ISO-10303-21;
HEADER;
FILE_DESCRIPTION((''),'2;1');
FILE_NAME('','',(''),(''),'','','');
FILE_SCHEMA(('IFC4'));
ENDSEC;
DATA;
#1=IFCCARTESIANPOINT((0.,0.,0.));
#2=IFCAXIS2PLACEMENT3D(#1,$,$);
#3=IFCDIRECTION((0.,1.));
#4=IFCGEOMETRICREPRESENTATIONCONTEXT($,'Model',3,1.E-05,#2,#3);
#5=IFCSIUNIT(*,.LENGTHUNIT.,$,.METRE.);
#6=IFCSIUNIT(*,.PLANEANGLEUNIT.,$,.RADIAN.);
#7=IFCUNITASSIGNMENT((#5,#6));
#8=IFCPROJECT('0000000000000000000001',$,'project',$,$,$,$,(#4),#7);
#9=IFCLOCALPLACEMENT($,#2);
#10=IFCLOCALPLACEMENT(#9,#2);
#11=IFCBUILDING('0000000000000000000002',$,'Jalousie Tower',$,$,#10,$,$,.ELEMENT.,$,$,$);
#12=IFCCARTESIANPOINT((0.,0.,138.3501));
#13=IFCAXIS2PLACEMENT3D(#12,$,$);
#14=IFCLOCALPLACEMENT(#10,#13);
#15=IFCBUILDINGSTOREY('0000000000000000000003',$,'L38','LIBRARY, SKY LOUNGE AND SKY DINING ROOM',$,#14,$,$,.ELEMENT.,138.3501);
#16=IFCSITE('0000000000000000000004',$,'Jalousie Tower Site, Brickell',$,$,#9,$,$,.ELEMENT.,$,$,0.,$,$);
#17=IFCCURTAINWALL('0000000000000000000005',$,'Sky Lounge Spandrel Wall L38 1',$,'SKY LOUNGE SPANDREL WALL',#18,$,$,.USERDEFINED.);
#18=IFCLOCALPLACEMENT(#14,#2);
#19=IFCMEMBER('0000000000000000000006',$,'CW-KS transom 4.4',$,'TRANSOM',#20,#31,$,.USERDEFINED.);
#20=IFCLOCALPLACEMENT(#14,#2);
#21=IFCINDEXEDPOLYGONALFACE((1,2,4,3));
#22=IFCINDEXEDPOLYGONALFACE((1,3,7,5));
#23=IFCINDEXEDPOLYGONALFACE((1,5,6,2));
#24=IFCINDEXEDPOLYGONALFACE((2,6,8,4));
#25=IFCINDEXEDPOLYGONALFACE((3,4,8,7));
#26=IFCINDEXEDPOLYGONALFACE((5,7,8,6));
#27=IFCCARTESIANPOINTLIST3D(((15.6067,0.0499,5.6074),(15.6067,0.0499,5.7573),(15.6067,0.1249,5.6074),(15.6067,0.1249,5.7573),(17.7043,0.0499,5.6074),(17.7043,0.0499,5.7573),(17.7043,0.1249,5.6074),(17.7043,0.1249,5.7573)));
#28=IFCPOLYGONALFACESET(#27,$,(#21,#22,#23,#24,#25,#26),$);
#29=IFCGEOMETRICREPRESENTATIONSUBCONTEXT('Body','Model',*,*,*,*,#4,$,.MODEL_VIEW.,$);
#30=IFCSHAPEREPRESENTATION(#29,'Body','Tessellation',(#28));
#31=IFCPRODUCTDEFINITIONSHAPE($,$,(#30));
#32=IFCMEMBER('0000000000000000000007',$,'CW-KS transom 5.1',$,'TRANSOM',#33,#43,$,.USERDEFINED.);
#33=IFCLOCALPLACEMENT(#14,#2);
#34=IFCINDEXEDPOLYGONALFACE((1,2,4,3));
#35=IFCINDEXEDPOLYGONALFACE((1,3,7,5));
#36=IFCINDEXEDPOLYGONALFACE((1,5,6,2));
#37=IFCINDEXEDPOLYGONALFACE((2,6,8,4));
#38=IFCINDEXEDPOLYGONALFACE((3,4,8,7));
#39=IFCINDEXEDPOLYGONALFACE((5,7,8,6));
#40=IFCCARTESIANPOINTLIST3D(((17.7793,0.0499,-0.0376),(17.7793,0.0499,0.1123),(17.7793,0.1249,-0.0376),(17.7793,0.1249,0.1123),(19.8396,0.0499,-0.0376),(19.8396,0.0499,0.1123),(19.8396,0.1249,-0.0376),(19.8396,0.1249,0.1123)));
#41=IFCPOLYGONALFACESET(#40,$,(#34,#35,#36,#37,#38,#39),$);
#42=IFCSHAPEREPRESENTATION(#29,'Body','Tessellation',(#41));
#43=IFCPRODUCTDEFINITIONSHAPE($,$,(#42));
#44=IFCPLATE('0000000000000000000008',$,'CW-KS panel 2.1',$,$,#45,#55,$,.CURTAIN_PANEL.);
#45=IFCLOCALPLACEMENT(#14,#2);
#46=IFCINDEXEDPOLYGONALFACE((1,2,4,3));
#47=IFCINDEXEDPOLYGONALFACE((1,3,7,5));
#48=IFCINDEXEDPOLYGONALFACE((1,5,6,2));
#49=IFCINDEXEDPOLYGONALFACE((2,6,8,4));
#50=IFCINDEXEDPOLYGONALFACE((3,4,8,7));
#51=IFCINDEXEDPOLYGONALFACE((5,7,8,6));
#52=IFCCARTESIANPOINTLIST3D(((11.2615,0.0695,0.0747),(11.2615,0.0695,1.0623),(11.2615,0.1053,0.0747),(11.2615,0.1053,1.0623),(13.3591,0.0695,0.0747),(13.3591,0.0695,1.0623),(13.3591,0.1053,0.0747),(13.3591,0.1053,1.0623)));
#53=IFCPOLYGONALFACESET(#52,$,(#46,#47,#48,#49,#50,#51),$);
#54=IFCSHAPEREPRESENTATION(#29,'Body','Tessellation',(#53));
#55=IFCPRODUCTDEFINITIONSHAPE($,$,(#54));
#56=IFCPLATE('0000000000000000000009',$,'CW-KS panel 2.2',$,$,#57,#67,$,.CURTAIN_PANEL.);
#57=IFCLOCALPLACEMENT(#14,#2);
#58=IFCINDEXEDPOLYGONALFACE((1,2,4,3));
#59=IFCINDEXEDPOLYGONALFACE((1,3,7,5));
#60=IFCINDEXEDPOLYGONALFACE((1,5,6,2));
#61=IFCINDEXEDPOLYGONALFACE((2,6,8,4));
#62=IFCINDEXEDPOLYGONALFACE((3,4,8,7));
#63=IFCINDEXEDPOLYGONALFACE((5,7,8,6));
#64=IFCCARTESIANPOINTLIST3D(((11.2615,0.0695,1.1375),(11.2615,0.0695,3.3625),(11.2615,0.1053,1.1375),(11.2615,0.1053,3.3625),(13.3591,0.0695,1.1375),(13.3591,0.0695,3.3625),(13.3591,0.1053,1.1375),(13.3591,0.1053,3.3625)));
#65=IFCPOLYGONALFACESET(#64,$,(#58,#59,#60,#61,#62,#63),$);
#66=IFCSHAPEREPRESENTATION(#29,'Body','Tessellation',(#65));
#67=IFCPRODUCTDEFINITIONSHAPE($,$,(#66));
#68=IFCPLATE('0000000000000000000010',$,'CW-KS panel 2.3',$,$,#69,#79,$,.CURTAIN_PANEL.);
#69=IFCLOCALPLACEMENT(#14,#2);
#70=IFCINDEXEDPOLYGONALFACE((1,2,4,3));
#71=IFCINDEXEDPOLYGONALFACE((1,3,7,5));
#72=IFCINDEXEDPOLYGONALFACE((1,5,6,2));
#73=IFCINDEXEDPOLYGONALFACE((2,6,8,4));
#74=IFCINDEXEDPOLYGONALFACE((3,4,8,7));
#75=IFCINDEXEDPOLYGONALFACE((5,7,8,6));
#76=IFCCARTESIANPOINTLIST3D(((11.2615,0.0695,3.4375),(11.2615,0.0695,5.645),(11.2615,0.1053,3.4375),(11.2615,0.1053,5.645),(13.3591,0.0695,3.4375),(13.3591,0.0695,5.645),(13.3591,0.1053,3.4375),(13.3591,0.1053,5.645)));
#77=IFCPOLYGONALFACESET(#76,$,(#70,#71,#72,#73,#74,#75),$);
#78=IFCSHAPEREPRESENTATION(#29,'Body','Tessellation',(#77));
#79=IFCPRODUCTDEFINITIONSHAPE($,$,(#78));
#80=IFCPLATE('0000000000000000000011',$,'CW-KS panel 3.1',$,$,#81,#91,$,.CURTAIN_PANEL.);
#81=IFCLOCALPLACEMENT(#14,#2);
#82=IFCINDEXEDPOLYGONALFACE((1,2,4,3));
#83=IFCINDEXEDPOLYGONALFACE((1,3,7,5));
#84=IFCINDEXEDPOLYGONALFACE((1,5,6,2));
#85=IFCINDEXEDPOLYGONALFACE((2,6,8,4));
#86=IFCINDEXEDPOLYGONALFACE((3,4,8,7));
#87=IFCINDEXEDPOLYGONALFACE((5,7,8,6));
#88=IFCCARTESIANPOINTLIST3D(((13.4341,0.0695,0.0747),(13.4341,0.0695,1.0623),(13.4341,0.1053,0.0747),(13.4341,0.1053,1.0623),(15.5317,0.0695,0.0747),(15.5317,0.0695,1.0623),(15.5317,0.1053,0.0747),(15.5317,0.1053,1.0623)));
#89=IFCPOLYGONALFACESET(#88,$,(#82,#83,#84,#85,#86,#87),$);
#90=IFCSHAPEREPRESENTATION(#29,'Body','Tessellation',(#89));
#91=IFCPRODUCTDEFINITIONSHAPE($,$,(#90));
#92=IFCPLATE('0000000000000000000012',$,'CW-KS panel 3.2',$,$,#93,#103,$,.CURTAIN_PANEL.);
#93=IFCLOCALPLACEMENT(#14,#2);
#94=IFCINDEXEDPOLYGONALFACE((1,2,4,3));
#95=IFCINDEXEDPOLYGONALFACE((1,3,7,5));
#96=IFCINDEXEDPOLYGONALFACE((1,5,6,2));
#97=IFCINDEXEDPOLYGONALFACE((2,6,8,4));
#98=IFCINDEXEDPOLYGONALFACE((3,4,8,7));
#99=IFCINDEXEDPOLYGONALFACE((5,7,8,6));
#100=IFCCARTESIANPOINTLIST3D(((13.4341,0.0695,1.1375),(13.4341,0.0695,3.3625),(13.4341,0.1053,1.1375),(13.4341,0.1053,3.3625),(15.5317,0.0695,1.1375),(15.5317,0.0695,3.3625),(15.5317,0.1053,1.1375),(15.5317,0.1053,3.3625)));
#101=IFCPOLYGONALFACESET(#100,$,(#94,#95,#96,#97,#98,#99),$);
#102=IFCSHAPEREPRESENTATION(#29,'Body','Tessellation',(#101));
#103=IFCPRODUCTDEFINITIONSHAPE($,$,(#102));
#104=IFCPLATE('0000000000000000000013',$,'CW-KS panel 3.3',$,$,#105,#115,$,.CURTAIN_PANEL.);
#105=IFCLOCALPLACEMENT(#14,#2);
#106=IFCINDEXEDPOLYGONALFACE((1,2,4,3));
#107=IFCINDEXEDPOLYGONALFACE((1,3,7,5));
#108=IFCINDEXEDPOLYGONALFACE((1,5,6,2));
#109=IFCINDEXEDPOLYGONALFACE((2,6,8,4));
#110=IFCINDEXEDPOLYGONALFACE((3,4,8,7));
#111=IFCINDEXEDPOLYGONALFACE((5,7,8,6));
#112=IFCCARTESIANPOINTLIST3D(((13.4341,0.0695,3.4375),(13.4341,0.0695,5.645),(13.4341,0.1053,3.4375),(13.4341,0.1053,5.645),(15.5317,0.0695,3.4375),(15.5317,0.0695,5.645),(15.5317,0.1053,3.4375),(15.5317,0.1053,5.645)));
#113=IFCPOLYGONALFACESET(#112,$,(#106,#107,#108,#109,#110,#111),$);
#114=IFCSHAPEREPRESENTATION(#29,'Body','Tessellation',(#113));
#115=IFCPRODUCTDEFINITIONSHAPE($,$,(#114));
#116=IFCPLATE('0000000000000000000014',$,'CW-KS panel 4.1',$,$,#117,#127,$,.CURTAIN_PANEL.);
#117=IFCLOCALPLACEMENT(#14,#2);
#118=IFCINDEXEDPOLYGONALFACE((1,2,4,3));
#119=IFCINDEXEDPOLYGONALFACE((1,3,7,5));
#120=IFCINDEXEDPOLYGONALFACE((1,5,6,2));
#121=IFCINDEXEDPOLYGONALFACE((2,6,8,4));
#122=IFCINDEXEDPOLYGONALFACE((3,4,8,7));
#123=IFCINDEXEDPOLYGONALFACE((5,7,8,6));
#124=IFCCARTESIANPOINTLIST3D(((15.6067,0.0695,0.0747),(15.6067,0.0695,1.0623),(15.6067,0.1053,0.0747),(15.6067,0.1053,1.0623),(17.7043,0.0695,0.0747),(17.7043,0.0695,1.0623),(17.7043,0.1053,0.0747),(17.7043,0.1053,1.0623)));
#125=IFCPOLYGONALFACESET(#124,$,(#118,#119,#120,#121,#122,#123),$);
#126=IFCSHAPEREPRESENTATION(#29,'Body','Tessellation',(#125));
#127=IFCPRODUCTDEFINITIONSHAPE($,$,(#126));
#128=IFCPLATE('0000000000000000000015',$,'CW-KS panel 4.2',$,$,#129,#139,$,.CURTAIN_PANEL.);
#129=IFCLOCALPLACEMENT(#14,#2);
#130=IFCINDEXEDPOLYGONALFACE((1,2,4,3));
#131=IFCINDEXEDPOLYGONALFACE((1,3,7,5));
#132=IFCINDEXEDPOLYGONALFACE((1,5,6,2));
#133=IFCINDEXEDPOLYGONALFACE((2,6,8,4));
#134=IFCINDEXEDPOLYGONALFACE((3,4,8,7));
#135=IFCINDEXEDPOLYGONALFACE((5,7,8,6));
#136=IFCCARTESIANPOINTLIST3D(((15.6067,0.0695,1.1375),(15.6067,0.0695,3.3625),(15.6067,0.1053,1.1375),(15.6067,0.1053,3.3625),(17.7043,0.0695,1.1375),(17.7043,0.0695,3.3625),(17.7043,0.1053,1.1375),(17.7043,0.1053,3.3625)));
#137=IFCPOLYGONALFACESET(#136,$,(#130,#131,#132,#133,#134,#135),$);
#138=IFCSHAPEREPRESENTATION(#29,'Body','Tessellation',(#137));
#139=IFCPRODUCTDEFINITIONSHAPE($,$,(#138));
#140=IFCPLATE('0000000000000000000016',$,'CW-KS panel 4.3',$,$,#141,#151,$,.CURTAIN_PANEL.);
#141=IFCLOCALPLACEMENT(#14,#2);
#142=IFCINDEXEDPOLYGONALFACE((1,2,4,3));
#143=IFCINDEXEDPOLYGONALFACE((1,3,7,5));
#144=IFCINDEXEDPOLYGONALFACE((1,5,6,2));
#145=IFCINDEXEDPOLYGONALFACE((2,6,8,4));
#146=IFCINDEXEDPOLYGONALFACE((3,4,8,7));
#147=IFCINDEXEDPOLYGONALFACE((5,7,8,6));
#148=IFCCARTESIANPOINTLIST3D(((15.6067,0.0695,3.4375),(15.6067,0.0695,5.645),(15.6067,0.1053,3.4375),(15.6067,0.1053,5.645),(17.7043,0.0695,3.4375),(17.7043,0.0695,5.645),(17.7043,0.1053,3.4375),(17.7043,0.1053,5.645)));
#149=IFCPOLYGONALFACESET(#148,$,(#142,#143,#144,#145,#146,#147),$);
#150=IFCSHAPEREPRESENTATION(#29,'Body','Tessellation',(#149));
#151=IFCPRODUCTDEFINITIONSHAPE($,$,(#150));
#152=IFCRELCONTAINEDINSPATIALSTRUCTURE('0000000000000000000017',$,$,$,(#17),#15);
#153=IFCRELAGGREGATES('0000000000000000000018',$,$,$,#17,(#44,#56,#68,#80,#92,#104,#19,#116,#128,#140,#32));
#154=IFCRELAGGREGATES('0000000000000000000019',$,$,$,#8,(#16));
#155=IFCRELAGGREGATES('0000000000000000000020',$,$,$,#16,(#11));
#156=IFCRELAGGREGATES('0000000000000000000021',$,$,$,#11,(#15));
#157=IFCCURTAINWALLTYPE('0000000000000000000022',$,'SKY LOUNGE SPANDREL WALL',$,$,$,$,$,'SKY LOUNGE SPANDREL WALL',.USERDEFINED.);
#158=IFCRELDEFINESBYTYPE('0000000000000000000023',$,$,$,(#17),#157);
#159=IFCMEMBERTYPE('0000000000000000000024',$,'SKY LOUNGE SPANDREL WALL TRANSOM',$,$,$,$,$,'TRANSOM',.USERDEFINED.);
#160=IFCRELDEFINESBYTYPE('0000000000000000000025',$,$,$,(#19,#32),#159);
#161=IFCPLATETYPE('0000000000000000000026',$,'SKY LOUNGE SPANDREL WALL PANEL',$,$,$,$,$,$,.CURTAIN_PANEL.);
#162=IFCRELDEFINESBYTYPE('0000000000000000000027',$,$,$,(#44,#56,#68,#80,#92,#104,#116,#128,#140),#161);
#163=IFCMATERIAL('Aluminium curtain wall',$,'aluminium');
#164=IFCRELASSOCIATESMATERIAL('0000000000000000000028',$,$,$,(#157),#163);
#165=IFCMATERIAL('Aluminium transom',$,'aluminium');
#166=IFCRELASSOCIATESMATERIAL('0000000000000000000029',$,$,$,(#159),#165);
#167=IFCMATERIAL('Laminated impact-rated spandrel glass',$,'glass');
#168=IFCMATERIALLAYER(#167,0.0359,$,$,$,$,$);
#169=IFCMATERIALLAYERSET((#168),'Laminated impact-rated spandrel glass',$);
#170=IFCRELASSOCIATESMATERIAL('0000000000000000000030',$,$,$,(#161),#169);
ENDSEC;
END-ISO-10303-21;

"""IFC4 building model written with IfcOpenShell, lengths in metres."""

from ifc_helpers import new_model, si_unit, direction, frame, origin, origin_2d, place, context, subcontext, project, spatial, rectangle, extrude, material, layer, layer_set, material_profile, profile_set, type_object, element, aggregate, save


model = new_model("IFC4")

# Units and contexts
model_context = context("Model", 3, precision=1e-05, world=origin(), true_north=direction((0.0, 1.0)))
body_context = subcontext(model_context, "Body", "Model", "MODEL_VIEW")
ifc_project = project(units=[si_unit("LENGTHUNIT", "METRE"), si_unit("PLANEANGLEUNIT", "RADIAN")], contexts=[model_context])

# Site, building, storey
site_placement = place(None, origin())
site = spatial("IfcSite", under=ifc_project, at=site_placement, Name="Jalousie Tower Site, Brickell", CompositionType="ELEMENT", RefElevation=0.0)
building_placement = place(site_placement, origin())
building = spatial("IfcBuilding", under=site, at=building_placement, Name="Jalousie Tower", CompositionType="ELEMENT")
storey_placement = place(building_placement, frame((0.0, 0.0, 138.3501)))
storey = spatial("IfcBuildingStorey", under=building, at=storey_placement, Name="L38", Description="LIBRARY, SKY LOUNGE AND SKY DINING ROOM", CompositionType="ELEMENT", Elevation=138.3501)

# Curtain wall, members, plates
ifc_material_1 = material(Name="Aluminium curtain wall", Category="aluminium")
curtain_wall_type = type_object("IfcCurtainWallType", Name="SKY LOUNGE SPANDREL WALL", ElementType="SKY LOUNGE SPANDREL WALL", PredefinedType="USERDEFINED", material=ifc_material_1)
curtain_wall_placement = place(storey_placement, origin())
curtain_wall = element("IfcCurtainWall", 1, at=curtain_wall_placement, inside=storey, type_object=curtain_wall_type, Name="Sky Lounge Spandrel Wall L38 1", ObjectType="SKY LOUNGE SPANDREL WALL", PredefinedType="USERDEFINED")
ifc_material_2 = material(Name="Aluminium transom", Category="aluminium")
ifc_material_profile_1 = material_profile(ifc_material_2, rectangle(XDim=0.075, YDim=0.1499, at=origin_2d()), Name="TRANSOM 75x150")
ifc_profile_set_1 = profile_set([ifc_material_profile_1], Name="Aluminium transom")
member_type_1 = type_object("IfcMemberType", Name="SKY LOUNGE SPANDREL WALL TRANSOM", ElementType="TRANSOM", PredefinedType="USERDEFINED", material=ifc_profile_set_1)
member_1_placement = place(storey_placement, frame((15.6067, 0.0874, 5.6824), z_axis=(1.0, 0.0, 0.0), x_axis=(0.0, 1.0, 0.0)))
member_1 = element("IfcMember", 2, at=member_1_placement, type_object=member_type_1, Name="CW-KS transom 4.4", ObjectType="TRANSOM", PredefinedType="USERDEFINED", context=body_context, shape_type="SweptSolid", body=[
    extrude(rectangle(XDim=0.075, YDim=0.1499, at=origin_2d()), origin(), (0.0, 0.0, 1.0), 2.0977),
])
member_2_placement = place(storey_placement, frame((17.7793, 0.0874, 0.0374), z_axis=(1.0, 0.0, 0.0), x_axis=(0.0, 1.0, 0.0)))
member_2 = element("IfcMember", 3, at=member_2_placement, type_object=member_type_1, Name="CW-KS transom 5.1", ObjectType="TRANSOM", PredefinedType="USERDEFINED", context=body_context, shape_type="SweptSolid", body=[
    extrude(rectangle(XDim=0.075, YDim=0.1499, at=origin_2d()), origin(), (0.0, 0.0, 1.0), 2.0603),
])
ifc_material_3 = material(Name="Laminated impact-rated spandrel glass", Category="glass")
ifc_layer = layer(ifc_material_3, 0.0359)
ifc_layer_set = layer_set([ifc_layer], Name="Laminated impact-rated spandrel glass")
plate_type = type_object("IfcPlateType", Name="SKY LOUNGE SPANDREL WALL PANEL", PredefinedType="CURTAIN_PANEL", material=ifc_layer_set)
plate_1_placement = place(storey_placement, frame((12.3103, 0.0874, 0.0747), z_axis=(0.0, 0.0, 1.0), x_axis=(1.0, 0.0, 0.0)))
plate_1 = element("IfcPlate", 4, at=plate_1_placement, type_object=plate_type, Name="CW-KS panel 2.1", PredefinedType="CURTAIN_PANEL", context=body_context, shape_type="SweptSolid", body=[
    extrude(rectangle(XDim=2.0977, YDim=0.0359, at=origin_2d()), origin(), (0.0, 0.0, 1.0), 0.9875),
])
plate_2_placement = place(storey_placement, frame((12.3103, 0.0874, 1.1375), z_axis=(0.0, 0.0, 1.0), x_axis=(1.0, 0.0, 0.0)))
plate_2 = element("IfcPlate", 5, at=plate_2_placement, type_object=plate_type, Name="CW-KS panel 2.2", PredefinedType="CURTAIN_PANEL", context=body_context, shape_type="SweptSolid", body=[
    extrude(rectangle(XDim=2.0977, YDim=0.0359, at=origin_2d()), origin(), (0.0, 0.0, 1.0), 2.2251),
])
plate_3_placement = place(storey_placement, frame((12.3103, 0.0874, 3.4375), z_axis=(0.0, 0.0, 1.0), x_axis=(1.0, 0.0, 0.0)))
plate_3 = element("IfcPlate", 6, at=plate_3_placement, type_object=plate_type, Name="CW-KS panel 2.3", PredefinedType="CURTAIN_PANEL", context=body_context, shape_type="SweptSolid", body=[
    extrude(rectangle(XDim=2.0977, YDim=0.0359, at=origin_2d()), origin(), (0.0, 0.0, 1.0), 2.2075),
])
plate_4_placement = place(storey_placement, frame((14.4829, 0.0874, 0.0747), z_axis=(0.0, 0.0, 1.0), x_axis=(1.0, 0.0, 0.0)))
plate_4 = element("IfcPlate", 7, at=plate_4_placement, type_object=plate_type, Name="CW-KS panel 3.1", PredefinedType="CURTAIN_PANEL", context=body_context, shape_type="SweptSolid", body=[
    extrude(rectangle(XDim=2.0977, YDim=0.0359, at=origin_2d()), origin(), (0.0, 0.0, 1.0), 0.9875),
])
plate_5_placement = place(storey_placement, frame((14.4829, 0.0874, 1.1375), z_axis=(0.0, 0.0, 1.0), x_axis=(1.0, 0.0, 0.0)))
plate_5 = element("IfcPlate", 8, at=plate_5_placement, type_object=plate_type, Name="CW-KS panel 3.2", PredefinedType="CURTAIN_PANEL", context=body_context, shape_type="SweptSolid", body=[
    extrude(rectangle(XDim=2.0977, YDim=0.0359, at=origin_2d()), origin(), (0.0, 0.0, 1.0), 2.2251),
])
plate_6_placement = place(storey_placement, frame((14.4829, 0.0874, 3.4375), z_axis=(0.0, 0.0, 1.0), x_axis=(1.0, 0.0, 0.0)))
plate_6 = element("IfcPlate", 9, at=plate_6_placement, type_object=plate_type, Name="CW-KS panel 3.3", PredefinedType="CURTAIN_PANEL", context=body_context, shape_type="SweptSolid", body=[
    extrude(rectangle(XDim=2.0977, YDim=0.0359, at=origin_2d()), origin(), (0.0, 0.0, 1.0), 2.2075),
])
plate_7_placement = place(storey_placement, frame((16.6555, 0.0874, 0.0747), z_axis=(0.0, 0.0, 1.0), x_axis=(1.0, 0.0, 0.0)))
plate_7 = element("IfcPlate", 10, at=plate_7_placement, type_object=plate_type, Name="CW-KS panel 4.1", PredefinedType="CURTAIN_PANEL", context=body_context, shape_type="SweptSolid", body=[
    extrude(rectangle(XDim=2.0977, YDim=0.0359, at=origin_2d()), origin(), (0.0, 0.0, 1.0), 0.9875),
])
plate_8_placement = place(storey_placement, frame((16.6555, 0.0874, 1.1375), z_axis=(0.0, 0.0, 1.0), x_axis=(1.0, 0.0, 0.0)))
plate_8 = element("IfcPlate", 11, at=plate_8_placement, type_object=plate_type, Name="CW-KS panel 4.2", PredefinedType="CURTAIN_PANEL", context=body_context, shape_type="SweptSolid", body=[
    extrude(rectangle(XDim=2.0977, YDim=0.0359, at=origin_2d()), origin(), (0.0, 0.0, 1.0), 2.2251),
])
plate_9_placement = place(storey_placement, frame((16.6555, 0.0874, 3.4375), z_axis=(0.0, 0.0, 1.0), x_axis=(1.0, 0.0, 0.0)))
plate_9 = element("IfcPlate", 12, at=plate_9_placement, type_object=plate_type, Name="CW-KS panel 4.3", PredefinedType="CURTAIN_PANEL", context=body_context, shape_type="SweptSolid", body=[
    extrude(rectangle(XDim=2.0977, YDim=0.0359, at=origin_2d()), origin(), (0.0, 0.0, 1.0), 2.2075),
])
aggregate(curtain_wall, [plate_1, plate_2, plate_3, plate_4, plate_5, plate_6, member_1, plate_7, plate_8, plate_9, member_2])

save(model, "model.ifc")
